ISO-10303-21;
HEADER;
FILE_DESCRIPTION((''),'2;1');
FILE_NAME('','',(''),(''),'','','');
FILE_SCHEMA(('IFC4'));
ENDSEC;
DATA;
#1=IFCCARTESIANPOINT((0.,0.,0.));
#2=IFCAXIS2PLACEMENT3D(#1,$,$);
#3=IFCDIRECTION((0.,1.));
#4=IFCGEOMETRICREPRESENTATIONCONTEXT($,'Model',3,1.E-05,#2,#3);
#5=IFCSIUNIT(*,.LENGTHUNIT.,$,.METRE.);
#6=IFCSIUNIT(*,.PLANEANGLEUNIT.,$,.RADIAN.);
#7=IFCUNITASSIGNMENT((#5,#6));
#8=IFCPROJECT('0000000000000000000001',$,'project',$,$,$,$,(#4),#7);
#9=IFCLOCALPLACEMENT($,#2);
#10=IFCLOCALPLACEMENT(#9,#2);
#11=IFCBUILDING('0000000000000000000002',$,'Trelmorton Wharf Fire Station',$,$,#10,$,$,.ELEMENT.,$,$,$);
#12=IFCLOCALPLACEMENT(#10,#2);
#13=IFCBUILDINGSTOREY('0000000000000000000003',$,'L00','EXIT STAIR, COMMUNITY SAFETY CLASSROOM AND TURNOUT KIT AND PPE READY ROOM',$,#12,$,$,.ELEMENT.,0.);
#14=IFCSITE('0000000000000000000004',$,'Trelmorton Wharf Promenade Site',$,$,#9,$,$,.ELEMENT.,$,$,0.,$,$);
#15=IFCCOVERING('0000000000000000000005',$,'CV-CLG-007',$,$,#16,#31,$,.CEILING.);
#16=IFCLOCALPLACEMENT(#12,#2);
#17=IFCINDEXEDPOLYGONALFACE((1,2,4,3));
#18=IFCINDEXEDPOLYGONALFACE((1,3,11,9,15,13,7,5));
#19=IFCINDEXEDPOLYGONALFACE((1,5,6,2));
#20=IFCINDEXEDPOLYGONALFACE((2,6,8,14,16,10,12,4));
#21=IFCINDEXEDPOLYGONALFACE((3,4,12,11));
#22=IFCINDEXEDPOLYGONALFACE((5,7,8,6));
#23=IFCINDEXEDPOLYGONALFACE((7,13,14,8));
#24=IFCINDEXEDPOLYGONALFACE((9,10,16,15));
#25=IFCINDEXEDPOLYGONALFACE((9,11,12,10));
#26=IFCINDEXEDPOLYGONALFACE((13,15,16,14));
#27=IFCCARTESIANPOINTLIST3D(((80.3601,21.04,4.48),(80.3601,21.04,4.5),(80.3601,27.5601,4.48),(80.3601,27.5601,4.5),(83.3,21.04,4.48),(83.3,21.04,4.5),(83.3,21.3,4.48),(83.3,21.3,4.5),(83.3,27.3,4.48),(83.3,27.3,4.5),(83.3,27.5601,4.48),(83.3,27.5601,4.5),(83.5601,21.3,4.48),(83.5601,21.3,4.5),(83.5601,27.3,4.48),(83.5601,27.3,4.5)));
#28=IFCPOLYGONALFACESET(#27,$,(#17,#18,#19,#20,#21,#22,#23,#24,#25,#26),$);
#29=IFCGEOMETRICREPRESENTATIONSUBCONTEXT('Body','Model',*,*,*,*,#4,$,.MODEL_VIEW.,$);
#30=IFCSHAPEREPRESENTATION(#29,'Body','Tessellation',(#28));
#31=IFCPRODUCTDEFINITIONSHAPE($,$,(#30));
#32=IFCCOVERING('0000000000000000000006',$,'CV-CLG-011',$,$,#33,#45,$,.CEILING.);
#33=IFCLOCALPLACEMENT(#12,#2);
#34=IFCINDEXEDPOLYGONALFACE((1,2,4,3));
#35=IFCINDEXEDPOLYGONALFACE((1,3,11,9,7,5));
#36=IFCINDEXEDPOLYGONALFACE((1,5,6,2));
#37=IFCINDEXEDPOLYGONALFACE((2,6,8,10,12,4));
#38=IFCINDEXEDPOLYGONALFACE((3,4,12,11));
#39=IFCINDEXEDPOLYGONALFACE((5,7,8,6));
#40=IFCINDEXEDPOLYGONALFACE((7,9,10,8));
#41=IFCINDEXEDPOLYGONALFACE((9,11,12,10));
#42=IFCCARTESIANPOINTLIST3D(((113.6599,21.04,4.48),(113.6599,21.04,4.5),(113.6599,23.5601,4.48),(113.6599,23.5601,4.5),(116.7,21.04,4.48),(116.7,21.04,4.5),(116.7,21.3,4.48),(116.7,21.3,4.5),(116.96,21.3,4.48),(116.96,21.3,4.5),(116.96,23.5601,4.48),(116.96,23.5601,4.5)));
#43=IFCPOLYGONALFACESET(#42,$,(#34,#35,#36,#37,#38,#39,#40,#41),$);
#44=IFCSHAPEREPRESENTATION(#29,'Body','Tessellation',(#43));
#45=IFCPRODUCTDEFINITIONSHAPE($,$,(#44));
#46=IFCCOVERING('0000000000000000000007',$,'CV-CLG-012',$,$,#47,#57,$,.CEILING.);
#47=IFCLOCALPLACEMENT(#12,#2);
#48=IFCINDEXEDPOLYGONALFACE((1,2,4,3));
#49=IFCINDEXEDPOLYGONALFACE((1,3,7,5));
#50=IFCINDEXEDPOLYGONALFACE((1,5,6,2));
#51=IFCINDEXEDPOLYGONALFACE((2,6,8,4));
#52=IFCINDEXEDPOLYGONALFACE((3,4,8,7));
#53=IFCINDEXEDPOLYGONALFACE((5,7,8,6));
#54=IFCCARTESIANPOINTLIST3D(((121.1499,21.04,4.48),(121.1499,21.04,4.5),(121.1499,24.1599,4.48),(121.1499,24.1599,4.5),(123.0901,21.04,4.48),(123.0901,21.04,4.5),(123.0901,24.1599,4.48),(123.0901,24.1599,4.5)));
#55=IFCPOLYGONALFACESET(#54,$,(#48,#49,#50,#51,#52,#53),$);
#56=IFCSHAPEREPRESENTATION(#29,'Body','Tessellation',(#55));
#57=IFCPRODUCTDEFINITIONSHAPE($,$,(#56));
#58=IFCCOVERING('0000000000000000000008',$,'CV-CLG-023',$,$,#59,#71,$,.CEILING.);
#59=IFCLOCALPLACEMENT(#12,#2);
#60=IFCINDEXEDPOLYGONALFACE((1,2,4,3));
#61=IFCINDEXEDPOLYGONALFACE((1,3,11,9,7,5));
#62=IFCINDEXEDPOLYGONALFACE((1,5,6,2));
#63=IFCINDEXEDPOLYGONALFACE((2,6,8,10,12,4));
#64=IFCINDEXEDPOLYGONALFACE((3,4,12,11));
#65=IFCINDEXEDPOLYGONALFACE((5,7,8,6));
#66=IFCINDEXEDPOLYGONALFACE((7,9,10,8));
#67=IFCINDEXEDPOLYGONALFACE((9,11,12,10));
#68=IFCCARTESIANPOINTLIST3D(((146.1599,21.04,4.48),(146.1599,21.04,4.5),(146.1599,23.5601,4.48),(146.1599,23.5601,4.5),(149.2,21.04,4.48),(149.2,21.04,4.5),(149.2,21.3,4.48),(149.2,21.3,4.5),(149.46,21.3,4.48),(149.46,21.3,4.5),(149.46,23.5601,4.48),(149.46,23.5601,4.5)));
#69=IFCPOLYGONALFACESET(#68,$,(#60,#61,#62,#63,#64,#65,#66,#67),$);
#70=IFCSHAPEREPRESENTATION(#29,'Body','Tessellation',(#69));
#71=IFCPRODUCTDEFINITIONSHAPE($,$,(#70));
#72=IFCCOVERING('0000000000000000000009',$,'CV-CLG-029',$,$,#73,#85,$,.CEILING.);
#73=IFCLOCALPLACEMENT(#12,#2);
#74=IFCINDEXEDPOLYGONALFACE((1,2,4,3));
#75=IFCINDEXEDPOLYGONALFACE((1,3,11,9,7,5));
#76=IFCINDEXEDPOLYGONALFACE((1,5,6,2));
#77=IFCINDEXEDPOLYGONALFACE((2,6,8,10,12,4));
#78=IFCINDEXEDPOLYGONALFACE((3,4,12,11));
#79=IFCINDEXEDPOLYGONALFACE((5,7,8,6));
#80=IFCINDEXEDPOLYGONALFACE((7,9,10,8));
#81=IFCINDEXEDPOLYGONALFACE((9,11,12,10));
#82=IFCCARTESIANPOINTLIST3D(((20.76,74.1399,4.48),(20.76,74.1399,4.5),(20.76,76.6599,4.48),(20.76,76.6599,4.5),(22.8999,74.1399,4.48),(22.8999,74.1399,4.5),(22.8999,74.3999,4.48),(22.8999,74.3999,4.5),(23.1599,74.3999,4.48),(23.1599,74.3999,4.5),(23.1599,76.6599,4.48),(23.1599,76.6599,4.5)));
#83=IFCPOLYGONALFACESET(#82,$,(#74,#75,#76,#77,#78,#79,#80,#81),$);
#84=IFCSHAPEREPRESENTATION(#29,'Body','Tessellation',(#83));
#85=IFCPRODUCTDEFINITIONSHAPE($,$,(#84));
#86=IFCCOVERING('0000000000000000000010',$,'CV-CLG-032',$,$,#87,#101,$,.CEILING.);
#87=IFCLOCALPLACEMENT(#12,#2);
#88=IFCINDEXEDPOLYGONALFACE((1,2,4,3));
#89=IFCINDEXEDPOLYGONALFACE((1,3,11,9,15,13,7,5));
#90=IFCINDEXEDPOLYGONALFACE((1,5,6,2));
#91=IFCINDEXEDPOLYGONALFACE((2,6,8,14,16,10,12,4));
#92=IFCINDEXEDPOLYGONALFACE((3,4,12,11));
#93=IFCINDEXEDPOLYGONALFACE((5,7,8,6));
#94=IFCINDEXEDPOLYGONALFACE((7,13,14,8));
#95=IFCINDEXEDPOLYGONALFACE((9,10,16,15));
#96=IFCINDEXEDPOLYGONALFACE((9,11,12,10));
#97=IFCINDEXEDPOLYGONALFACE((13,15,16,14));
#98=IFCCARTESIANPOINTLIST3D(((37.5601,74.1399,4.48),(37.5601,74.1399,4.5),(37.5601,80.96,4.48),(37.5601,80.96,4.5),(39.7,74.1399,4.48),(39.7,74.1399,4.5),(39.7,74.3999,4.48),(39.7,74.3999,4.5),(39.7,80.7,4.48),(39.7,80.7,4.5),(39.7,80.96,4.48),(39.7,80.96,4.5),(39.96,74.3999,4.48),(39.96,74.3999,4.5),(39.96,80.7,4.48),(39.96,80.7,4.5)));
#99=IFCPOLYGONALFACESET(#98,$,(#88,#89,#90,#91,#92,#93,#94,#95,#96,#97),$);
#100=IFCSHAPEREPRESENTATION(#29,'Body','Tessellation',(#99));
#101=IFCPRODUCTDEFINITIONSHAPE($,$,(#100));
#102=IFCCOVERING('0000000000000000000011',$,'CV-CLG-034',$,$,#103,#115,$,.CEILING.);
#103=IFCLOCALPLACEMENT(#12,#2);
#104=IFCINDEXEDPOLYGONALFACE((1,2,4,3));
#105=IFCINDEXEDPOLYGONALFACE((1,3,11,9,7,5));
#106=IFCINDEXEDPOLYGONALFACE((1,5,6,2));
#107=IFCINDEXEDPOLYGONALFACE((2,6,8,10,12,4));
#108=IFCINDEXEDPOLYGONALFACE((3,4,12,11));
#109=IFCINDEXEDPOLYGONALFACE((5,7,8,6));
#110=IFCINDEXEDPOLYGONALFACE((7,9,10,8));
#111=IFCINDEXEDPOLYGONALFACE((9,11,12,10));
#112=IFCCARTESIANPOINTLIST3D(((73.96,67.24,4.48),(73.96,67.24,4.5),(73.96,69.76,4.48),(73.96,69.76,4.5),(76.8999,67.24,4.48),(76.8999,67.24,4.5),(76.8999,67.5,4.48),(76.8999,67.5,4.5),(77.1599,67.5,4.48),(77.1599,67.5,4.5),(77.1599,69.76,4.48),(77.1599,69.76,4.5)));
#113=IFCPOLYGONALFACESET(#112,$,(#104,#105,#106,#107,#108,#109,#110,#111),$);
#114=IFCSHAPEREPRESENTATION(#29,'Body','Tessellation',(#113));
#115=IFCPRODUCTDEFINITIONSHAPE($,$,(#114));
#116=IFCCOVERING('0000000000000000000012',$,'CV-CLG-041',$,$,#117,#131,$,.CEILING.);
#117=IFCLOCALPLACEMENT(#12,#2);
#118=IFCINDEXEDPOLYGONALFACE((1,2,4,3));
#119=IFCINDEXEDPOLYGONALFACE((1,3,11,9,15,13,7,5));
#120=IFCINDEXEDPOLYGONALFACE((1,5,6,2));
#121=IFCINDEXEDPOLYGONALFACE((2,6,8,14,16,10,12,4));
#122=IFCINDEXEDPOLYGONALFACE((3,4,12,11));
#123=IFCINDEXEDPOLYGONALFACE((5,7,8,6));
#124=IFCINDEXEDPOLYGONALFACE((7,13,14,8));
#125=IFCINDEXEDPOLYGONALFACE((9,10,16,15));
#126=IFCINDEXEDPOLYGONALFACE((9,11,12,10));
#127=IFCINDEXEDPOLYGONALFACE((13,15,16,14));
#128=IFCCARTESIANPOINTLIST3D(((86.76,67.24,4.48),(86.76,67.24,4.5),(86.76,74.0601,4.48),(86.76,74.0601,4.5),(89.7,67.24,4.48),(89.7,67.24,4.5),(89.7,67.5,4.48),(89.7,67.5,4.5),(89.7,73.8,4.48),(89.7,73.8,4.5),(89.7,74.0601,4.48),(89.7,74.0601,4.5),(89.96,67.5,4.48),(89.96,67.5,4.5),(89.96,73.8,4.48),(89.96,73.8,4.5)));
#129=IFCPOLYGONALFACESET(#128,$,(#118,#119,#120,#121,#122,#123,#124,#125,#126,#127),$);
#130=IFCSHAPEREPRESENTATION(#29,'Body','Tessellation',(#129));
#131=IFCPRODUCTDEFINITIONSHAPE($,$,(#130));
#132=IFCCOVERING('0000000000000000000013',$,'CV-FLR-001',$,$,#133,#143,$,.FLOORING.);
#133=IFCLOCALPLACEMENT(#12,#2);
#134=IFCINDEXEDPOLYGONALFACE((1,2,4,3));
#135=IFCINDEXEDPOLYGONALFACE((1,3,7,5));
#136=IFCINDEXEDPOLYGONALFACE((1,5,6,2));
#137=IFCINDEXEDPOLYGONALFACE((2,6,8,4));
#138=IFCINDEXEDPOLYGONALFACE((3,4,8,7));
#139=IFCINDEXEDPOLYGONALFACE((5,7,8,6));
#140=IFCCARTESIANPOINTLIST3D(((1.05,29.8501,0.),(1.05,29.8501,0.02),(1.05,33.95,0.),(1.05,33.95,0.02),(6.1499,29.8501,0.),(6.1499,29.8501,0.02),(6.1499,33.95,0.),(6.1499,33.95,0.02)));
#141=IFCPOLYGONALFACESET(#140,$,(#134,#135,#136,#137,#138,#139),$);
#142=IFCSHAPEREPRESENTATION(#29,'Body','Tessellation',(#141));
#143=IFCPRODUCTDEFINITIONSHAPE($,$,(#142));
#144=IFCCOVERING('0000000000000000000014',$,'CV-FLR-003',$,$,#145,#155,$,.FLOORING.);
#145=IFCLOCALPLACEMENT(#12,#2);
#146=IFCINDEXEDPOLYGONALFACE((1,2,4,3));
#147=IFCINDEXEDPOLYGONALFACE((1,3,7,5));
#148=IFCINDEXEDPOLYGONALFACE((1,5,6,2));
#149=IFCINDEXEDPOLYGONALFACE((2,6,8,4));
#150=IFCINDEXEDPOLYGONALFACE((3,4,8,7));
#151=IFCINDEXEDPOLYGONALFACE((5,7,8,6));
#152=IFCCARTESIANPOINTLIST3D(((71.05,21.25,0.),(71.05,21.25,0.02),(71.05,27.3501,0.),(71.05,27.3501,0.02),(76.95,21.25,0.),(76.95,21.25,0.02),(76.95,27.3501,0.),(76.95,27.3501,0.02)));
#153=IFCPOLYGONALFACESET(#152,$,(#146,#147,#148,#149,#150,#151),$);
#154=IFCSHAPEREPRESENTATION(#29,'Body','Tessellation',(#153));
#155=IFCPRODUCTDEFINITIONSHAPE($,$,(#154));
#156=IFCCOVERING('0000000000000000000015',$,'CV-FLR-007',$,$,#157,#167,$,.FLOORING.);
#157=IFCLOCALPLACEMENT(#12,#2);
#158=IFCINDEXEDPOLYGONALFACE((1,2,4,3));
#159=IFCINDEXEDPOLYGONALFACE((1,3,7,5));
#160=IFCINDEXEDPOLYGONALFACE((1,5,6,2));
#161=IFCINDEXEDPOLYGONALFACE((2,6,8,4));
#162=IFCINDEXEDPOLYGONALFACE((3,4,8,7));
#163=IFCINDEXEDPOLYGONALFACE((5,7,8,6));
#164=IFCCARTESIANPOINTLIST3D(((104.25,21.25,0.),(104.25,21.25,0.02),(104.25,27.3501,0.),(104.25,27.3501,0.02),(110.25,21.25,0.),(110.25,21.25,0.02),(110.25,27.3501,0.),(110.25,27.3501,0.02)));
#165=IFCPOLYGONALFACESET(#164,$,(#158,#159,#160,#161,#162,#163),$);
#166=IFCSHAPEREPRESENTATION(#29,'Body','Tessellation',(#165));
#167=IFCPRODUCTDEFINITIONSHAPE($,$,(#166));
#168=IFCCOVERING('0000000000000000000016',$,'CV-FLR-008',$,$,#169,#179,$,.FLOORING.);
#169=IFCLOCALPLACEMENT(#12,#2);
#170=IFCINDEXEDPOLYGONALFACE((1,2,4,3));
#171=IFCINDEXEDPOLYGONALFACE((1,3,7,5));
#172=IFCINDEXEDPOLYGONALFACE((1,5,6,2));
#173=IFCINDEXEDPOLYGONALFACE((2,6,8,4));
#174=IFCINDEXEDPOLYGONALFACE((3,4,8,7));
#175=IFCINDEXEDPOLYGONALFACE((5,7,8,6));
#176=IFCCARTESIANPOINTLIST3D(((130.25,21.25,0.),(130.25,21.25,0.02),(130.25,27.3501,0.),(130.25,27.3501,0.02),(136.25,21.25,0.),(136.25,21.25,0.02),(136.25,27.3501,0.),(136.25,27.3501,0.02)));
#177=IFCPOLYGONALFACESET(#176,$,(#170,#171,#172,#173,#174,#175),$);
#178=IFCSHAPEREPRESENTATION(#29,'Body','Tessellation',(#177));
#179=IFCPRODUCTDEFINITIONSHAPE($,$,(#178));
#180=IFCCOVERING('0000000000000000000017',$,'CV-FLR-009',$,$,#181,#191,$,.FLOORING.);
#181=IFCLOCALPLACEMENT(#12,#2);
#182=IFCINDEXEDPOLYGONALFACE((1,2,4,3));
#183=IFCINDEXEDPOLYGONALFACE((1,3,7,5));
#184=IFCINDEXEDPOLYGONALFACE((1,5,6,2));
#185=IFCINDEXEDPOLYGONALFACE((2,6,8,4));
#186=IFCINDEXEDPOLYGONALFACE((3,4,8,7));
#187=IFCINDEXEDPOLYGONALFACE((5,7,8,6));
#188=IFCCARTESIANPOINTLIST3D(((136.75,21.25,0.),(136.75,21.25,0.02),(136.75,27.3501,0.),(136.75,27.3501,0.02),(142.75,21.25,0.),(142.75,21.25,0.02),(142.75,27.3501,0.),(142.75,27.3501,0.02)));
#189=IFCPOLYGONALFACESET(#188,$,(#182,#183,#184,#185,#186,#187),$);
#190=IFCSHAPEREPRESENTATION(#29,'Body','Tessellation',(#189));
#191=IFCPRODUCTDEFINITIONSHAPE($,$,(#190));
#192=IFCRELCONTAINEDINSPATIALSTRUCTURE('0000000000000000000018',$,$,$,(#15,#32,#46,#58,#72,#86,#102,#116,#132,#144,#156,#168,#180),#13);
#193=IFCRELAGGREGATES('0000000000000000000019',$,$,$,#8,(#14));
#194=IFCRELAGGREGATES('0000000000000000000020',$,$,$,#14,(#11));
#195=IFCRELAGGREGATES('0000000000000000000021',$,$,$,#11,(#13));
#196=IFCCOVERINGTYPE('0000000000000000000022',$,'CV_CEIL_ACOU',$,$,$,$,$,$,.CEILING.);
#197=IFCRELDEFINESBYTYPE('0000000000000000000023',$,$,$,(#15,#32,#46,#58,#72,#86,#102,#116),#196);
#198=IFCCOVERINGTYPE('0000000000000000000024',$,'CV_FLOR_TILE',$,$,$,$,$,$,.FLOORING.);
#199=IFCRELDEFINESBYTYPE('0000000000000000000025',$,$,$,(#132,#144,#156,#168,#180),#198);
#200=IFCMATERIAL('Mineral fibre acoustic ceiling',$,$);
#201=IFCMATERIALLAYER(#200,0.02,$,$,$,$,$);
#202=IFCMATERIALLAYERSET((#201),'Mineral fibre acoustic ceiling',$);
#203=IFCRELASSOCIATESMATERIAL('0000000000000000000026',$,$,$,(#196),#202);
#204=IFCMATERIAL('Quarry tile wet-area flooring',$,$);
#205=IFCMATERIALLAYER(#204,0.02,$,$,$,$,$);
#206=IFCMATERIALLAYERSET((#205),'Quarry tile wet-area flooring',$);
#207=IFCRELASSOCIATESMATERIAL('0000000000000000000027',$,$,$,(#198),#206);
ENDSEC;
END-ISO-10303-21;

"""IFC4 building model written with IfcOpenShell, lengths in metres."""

from ifc_helpers import new_model, si_unit, direction, frame, origin, place, context, subcontext, project, spatial, polyline, outline, extrude, material, layer, layer_set, type_object, element, save


model = new_model("IFC4")

# Units and contexts
model_context = context("Model", 3, precision=1e-05, world=origin(), true_north=direction((0.0, 1.0)))
body_context = subcontext(model_context, "Body", "Model", "MODEL_VIEW")
ifc_project = project(units=[si_unit("LENGTHUNIT", "METRE"), si_unit("PLANEANGLEUNIT", "RADIAN")], contexts=[model_context])

# Site, building, storey
site_placement = place(None, origin())
site = spatial("IfcSite", under=ifc_project, at=site_placement, Name="Trelmorton Wharf Promenade Site", CompositionType="ELEMENT", RefElevation=0.0)
building_placement = place(site_placement, origin())
building = spatial("IfcBuilding", under=site, at=building_placement, Name="Trelmorton Wharf Fire Station", CompositionType="ELEMENT")
storey_placement = place(building_placement, origin())
storey = spatial("IfcBuildingStorey", under=building, at=storey_placement, Name="L00", Description="EXIT STAIR, COMMUNITY SAFETY CLASSROOM AND TURNOUT KIT AND PPE READY ROOM", CompositionType="ELEMENT", Elevation=0.0)

# Coverings
ifc_material_1 = material(Name="Mineral fibre acoustic ceiling")
ifc_layer_1 = layer(ifc_material_1, 0.02)
ifc_layer_set_1 = layer_set([ifc_layer_1], Name="Mineral fibre acoustic ceiling")
covering_type_1 = type_object("IfcCoveringType", Name="CV_CEIL_ACOU", PredefinedType="CEILING", material=ifc_layer_set_1)
covering_1_placement = place(storey_placement, frame((0.0, 0.0, 4.48)))
element("IfcCovering", 1, at=covering_1_placement, inside=storey, type_object=covering_type_1, Name="CV-CLG-007", PredefinedType="CEILING", context=body_context, shape_type="SweptSolid", body=[
    extrude(outline(polyline([(80.3601, 27.5601), (83.3, 27.5601), (83.3, 27.3), (83.5601, 27.3), (83.5601, 21.3), (83.3, 21.3), (83.3, 21.04), (80.3601, 21.04), (80.3601, 27.5601)])), origin(), (0.0, 0.0, 1.0), 0.02),
])
covering_2_placement = place(storey_placement, frame((0.0, 0.0, 4.48)))
element("IfcCovering", 2, at=covering_2_placement, inside=storey, type_object=covering_type_1, Name="CV-CLG-011", PredefinedType="CEILING", context=body_context, shape_type="SweptSolid", body=[
    extrude(outline(polyline([(113.6599, 21.04), (113.6599, 23.5601), (116.96, 23.5601), (116.96, 21.3), (116.7, 21.3), (116.7, 21.04), (113.6599, 21.04)])), origin(), (0.0, 0.0, 1.0), 0.02),
])
covering_3_placement = place(storey_placement, frame((0.0, 0.0, 4.48)))
element("IfcCovering", 3, at=covering_3_placement, inside=storey, type_object=covering_type_1, Name="CV-CLG-012", PredefinedType="CEILING", context=body_context, shape_type="SweptSolid", body=[
    extrude(outline(polyline([(123.0901, 21.04), (123.0901, 24.1599), (121.1499, 24.1599), (121.1499, 21.04), (123.0901, 21.04)])), origin(), (0.0, 0.0, 1.0), 0.02),
])
covering_4_placement = place(storey_placement, frame((0.0, 0.0, 4.48)))
element("IfcCovering", 4, at=covering_4_placement, inside=storey, type_object=covering_type_1, Name="CV-CLG-023", PredefinedType="CEILING", context=body_context, shape_type="SweptSolid", body=[
    extrude(outline(polyline([(146.1599, 21.04), (146.1599, 23.5601), (149.46, 23.5601), (149.46, 21.3), (149.2, 21.3), (149.2, 21.04), (146.1599, 21.04)])), origin(), (0.0, 0.0, 1.0), 0.02),
])
covering_5_placement = place(storey_placement, frame((0.0, 0.0, 4.48)))
element("IfcCovering", 5, at=covering_5_placement, inside=storey, type_object=covering_type_1, Name="CV-CLG-029", PredefinedType="CEILING", context=body_context, shape_type="SweptSolid", body=[
    extrude(outline(polyline([(20.76, 74.1399), (20.76, 76.6599), (23.1599, 76.6599), (23.1599, 74.3999), (22.8999, 74.3999), (22.8999, 74.1399), (20.76, 74.1399)])), origin(), (0.0, 0.0, 1.0), 0.02),
])
covering_6_placement = place(storey_placement, frame((0.0, 0.0, 4.48)))
element("IfcCovering", 6, at=covering_6_placement, inside=storey, type_object=covering_type_1, Name="CV-CLG-032", PredefinedType="CEILING", context=body_context, shape_type="SweptSolid", body=[
    extrude(outline(polyline([(37.5601, 80.96), (39.7, 80.96), (39.7, 80.7), (39.96, 80.7), (39.96, 74.3999), (39.7, 74.3999), (39.7, 74.1399), (37.5601, 74.1399), (37.5601, 80.96)])), origin(), (0.0, 0.0, 1.0), 0.02),
])
covering_7_placement = place(storey_placement, frame((0.0, 0.0, 4.48)))
element("IfcCovering", 7, at=covering_7_placement, inside=storey, type_object=covering_type_1, Name="CV-CLG-034", PredefinedType="CEILING", context=body_context, shape_type="SweptSolid", body=[
    extrude(outline(polyline([(73.96, 67.24), (73.96, 69.76), (77.1599, 69.76), (77.1599, 67.5), (76.8999, 67.5), (76.8999, 67.24), (73.96, 67.24)])), origin(), (0.0, 0.0, 1.0), 0.02),
])
covering_8_placement = place(storey_placement, frame((0.0, 0.0, 4.48)))
element("IfcCovering", 8, at=covering_8_placement, inside=storey, type_object=covering_type_1, Name="CV-CLG-041", PredefinedType="CEILING", context=body_context, shape_type="SweptSolid", body=[
    extrude(outline(polyline([(86.76, 74.0601), (89.7, 74.0601), (89.7, 73.8), (89.96, 73.8), (89.96, 67.5), (89.7, 67.5), (89.7, 67.24), (86.76, 67.24), (86.76, 74.0601)])), origin(), (0.0, 0.0, 1.0), 0.02),
])
ifc_material_2 = material(Name="Quarry tile wet-area flooring")
ifc_layer_2 = layer(ifc_material_2, 0.02)
ifc_layer_set_2 = layer_set([ifc_layer_2], Name="Quarry tile wet-area flooring")
covering_type_2 = type_object("IfcCoveringType", Name="CV_FLOR_TILE", PredefinedType="FLOORING", material=ifc_layer_set_2)
covering_9_placement = place(storey_placement, origin())
element("IfcCovering", 9, at=covering_9_placement, inside=storey, type_object=covering_type_2, Name="CV-FLR-001", PredefinedType="FLOORING", context=body_context, shape_type="SweptSolid", body=[
    extrude(outline(polyline([(6.1499, 29.8501), (6.1499, 33.95), (1.05, 33.95), (1.05, 29.8501), (6.1499, 29.8501)])), origin(), (0.0, 0.0, 1.0), 0.02),
])
covering_10_placement = place(storey_placement, origin())
element("IfcCovering", 10, at=covering_10_placement, inside=storey, type_object=covering_type_2, Name="CV-FLR-003", PredefinedType="FLOORING", context=body_context, shape_type="SweptSolid", body=[
    extrude(outline(polyline([(76.95, 21.25), (76.95, 27.3501), (71.05, 27.3501), (71.05, 21.25), (76.95, 21.25)])), origin(), (0.0, 0.0, 1.0), 0.02),
])
covering_11_placement = place(storey_placement, origin())
element("IfcCovering", 11, at=covering_11_placement, inside=storey, type_object=covering_type_2, Name="CV-FLR-007", PredefinedType="FLOORING", context=body_context, shape_type="SweptSolid", body=[
    extrude(outline(polyline([(110.25, 21.25), (110.25, 27.3501), (104.25, 27.3501), (104.25, 21.25), (110.25, 21.25)])), origin(), (0.0, 0.0, 1.0), 0.02),
])
covering_12_placement = place(storey_placement, origin())
element("IfcCovering", 12, at=covering_12_placement, inside=storey, type_object=covering_type_2, Name="CV-FLR-008", PredefinedType="FLOORING", context=body_context, shape_type="SweptSolid", body=[
    extrude(outline(polyline([(136.25, 21.25), (136.25, 27.3501), (130.25, 27.3501), (130.25, 21.25), (136.25, 21.25)])), origin(), (0.0, 0.0, 1.0), 0.02),
])
covering_13_placement = place(storey_placement, origin())
element("IfcCovering", 13, at=covering_13_placement, inside=storey, type_object=covering_type_2, Name="CV-FLR-009", PredefinedType="FLOORING", context=body_context, shape_type="SweptSolid", body=[
    extrude(outline(polyline([(142.75, 21.25), (142.75, 27.3501), (136.75, 27.3501), (136.75, 21.25), (142.75, 21.25)])), origin(), (0.0, 0.0, 1.0), 0.02),
])

save(model, "model.ifc")
